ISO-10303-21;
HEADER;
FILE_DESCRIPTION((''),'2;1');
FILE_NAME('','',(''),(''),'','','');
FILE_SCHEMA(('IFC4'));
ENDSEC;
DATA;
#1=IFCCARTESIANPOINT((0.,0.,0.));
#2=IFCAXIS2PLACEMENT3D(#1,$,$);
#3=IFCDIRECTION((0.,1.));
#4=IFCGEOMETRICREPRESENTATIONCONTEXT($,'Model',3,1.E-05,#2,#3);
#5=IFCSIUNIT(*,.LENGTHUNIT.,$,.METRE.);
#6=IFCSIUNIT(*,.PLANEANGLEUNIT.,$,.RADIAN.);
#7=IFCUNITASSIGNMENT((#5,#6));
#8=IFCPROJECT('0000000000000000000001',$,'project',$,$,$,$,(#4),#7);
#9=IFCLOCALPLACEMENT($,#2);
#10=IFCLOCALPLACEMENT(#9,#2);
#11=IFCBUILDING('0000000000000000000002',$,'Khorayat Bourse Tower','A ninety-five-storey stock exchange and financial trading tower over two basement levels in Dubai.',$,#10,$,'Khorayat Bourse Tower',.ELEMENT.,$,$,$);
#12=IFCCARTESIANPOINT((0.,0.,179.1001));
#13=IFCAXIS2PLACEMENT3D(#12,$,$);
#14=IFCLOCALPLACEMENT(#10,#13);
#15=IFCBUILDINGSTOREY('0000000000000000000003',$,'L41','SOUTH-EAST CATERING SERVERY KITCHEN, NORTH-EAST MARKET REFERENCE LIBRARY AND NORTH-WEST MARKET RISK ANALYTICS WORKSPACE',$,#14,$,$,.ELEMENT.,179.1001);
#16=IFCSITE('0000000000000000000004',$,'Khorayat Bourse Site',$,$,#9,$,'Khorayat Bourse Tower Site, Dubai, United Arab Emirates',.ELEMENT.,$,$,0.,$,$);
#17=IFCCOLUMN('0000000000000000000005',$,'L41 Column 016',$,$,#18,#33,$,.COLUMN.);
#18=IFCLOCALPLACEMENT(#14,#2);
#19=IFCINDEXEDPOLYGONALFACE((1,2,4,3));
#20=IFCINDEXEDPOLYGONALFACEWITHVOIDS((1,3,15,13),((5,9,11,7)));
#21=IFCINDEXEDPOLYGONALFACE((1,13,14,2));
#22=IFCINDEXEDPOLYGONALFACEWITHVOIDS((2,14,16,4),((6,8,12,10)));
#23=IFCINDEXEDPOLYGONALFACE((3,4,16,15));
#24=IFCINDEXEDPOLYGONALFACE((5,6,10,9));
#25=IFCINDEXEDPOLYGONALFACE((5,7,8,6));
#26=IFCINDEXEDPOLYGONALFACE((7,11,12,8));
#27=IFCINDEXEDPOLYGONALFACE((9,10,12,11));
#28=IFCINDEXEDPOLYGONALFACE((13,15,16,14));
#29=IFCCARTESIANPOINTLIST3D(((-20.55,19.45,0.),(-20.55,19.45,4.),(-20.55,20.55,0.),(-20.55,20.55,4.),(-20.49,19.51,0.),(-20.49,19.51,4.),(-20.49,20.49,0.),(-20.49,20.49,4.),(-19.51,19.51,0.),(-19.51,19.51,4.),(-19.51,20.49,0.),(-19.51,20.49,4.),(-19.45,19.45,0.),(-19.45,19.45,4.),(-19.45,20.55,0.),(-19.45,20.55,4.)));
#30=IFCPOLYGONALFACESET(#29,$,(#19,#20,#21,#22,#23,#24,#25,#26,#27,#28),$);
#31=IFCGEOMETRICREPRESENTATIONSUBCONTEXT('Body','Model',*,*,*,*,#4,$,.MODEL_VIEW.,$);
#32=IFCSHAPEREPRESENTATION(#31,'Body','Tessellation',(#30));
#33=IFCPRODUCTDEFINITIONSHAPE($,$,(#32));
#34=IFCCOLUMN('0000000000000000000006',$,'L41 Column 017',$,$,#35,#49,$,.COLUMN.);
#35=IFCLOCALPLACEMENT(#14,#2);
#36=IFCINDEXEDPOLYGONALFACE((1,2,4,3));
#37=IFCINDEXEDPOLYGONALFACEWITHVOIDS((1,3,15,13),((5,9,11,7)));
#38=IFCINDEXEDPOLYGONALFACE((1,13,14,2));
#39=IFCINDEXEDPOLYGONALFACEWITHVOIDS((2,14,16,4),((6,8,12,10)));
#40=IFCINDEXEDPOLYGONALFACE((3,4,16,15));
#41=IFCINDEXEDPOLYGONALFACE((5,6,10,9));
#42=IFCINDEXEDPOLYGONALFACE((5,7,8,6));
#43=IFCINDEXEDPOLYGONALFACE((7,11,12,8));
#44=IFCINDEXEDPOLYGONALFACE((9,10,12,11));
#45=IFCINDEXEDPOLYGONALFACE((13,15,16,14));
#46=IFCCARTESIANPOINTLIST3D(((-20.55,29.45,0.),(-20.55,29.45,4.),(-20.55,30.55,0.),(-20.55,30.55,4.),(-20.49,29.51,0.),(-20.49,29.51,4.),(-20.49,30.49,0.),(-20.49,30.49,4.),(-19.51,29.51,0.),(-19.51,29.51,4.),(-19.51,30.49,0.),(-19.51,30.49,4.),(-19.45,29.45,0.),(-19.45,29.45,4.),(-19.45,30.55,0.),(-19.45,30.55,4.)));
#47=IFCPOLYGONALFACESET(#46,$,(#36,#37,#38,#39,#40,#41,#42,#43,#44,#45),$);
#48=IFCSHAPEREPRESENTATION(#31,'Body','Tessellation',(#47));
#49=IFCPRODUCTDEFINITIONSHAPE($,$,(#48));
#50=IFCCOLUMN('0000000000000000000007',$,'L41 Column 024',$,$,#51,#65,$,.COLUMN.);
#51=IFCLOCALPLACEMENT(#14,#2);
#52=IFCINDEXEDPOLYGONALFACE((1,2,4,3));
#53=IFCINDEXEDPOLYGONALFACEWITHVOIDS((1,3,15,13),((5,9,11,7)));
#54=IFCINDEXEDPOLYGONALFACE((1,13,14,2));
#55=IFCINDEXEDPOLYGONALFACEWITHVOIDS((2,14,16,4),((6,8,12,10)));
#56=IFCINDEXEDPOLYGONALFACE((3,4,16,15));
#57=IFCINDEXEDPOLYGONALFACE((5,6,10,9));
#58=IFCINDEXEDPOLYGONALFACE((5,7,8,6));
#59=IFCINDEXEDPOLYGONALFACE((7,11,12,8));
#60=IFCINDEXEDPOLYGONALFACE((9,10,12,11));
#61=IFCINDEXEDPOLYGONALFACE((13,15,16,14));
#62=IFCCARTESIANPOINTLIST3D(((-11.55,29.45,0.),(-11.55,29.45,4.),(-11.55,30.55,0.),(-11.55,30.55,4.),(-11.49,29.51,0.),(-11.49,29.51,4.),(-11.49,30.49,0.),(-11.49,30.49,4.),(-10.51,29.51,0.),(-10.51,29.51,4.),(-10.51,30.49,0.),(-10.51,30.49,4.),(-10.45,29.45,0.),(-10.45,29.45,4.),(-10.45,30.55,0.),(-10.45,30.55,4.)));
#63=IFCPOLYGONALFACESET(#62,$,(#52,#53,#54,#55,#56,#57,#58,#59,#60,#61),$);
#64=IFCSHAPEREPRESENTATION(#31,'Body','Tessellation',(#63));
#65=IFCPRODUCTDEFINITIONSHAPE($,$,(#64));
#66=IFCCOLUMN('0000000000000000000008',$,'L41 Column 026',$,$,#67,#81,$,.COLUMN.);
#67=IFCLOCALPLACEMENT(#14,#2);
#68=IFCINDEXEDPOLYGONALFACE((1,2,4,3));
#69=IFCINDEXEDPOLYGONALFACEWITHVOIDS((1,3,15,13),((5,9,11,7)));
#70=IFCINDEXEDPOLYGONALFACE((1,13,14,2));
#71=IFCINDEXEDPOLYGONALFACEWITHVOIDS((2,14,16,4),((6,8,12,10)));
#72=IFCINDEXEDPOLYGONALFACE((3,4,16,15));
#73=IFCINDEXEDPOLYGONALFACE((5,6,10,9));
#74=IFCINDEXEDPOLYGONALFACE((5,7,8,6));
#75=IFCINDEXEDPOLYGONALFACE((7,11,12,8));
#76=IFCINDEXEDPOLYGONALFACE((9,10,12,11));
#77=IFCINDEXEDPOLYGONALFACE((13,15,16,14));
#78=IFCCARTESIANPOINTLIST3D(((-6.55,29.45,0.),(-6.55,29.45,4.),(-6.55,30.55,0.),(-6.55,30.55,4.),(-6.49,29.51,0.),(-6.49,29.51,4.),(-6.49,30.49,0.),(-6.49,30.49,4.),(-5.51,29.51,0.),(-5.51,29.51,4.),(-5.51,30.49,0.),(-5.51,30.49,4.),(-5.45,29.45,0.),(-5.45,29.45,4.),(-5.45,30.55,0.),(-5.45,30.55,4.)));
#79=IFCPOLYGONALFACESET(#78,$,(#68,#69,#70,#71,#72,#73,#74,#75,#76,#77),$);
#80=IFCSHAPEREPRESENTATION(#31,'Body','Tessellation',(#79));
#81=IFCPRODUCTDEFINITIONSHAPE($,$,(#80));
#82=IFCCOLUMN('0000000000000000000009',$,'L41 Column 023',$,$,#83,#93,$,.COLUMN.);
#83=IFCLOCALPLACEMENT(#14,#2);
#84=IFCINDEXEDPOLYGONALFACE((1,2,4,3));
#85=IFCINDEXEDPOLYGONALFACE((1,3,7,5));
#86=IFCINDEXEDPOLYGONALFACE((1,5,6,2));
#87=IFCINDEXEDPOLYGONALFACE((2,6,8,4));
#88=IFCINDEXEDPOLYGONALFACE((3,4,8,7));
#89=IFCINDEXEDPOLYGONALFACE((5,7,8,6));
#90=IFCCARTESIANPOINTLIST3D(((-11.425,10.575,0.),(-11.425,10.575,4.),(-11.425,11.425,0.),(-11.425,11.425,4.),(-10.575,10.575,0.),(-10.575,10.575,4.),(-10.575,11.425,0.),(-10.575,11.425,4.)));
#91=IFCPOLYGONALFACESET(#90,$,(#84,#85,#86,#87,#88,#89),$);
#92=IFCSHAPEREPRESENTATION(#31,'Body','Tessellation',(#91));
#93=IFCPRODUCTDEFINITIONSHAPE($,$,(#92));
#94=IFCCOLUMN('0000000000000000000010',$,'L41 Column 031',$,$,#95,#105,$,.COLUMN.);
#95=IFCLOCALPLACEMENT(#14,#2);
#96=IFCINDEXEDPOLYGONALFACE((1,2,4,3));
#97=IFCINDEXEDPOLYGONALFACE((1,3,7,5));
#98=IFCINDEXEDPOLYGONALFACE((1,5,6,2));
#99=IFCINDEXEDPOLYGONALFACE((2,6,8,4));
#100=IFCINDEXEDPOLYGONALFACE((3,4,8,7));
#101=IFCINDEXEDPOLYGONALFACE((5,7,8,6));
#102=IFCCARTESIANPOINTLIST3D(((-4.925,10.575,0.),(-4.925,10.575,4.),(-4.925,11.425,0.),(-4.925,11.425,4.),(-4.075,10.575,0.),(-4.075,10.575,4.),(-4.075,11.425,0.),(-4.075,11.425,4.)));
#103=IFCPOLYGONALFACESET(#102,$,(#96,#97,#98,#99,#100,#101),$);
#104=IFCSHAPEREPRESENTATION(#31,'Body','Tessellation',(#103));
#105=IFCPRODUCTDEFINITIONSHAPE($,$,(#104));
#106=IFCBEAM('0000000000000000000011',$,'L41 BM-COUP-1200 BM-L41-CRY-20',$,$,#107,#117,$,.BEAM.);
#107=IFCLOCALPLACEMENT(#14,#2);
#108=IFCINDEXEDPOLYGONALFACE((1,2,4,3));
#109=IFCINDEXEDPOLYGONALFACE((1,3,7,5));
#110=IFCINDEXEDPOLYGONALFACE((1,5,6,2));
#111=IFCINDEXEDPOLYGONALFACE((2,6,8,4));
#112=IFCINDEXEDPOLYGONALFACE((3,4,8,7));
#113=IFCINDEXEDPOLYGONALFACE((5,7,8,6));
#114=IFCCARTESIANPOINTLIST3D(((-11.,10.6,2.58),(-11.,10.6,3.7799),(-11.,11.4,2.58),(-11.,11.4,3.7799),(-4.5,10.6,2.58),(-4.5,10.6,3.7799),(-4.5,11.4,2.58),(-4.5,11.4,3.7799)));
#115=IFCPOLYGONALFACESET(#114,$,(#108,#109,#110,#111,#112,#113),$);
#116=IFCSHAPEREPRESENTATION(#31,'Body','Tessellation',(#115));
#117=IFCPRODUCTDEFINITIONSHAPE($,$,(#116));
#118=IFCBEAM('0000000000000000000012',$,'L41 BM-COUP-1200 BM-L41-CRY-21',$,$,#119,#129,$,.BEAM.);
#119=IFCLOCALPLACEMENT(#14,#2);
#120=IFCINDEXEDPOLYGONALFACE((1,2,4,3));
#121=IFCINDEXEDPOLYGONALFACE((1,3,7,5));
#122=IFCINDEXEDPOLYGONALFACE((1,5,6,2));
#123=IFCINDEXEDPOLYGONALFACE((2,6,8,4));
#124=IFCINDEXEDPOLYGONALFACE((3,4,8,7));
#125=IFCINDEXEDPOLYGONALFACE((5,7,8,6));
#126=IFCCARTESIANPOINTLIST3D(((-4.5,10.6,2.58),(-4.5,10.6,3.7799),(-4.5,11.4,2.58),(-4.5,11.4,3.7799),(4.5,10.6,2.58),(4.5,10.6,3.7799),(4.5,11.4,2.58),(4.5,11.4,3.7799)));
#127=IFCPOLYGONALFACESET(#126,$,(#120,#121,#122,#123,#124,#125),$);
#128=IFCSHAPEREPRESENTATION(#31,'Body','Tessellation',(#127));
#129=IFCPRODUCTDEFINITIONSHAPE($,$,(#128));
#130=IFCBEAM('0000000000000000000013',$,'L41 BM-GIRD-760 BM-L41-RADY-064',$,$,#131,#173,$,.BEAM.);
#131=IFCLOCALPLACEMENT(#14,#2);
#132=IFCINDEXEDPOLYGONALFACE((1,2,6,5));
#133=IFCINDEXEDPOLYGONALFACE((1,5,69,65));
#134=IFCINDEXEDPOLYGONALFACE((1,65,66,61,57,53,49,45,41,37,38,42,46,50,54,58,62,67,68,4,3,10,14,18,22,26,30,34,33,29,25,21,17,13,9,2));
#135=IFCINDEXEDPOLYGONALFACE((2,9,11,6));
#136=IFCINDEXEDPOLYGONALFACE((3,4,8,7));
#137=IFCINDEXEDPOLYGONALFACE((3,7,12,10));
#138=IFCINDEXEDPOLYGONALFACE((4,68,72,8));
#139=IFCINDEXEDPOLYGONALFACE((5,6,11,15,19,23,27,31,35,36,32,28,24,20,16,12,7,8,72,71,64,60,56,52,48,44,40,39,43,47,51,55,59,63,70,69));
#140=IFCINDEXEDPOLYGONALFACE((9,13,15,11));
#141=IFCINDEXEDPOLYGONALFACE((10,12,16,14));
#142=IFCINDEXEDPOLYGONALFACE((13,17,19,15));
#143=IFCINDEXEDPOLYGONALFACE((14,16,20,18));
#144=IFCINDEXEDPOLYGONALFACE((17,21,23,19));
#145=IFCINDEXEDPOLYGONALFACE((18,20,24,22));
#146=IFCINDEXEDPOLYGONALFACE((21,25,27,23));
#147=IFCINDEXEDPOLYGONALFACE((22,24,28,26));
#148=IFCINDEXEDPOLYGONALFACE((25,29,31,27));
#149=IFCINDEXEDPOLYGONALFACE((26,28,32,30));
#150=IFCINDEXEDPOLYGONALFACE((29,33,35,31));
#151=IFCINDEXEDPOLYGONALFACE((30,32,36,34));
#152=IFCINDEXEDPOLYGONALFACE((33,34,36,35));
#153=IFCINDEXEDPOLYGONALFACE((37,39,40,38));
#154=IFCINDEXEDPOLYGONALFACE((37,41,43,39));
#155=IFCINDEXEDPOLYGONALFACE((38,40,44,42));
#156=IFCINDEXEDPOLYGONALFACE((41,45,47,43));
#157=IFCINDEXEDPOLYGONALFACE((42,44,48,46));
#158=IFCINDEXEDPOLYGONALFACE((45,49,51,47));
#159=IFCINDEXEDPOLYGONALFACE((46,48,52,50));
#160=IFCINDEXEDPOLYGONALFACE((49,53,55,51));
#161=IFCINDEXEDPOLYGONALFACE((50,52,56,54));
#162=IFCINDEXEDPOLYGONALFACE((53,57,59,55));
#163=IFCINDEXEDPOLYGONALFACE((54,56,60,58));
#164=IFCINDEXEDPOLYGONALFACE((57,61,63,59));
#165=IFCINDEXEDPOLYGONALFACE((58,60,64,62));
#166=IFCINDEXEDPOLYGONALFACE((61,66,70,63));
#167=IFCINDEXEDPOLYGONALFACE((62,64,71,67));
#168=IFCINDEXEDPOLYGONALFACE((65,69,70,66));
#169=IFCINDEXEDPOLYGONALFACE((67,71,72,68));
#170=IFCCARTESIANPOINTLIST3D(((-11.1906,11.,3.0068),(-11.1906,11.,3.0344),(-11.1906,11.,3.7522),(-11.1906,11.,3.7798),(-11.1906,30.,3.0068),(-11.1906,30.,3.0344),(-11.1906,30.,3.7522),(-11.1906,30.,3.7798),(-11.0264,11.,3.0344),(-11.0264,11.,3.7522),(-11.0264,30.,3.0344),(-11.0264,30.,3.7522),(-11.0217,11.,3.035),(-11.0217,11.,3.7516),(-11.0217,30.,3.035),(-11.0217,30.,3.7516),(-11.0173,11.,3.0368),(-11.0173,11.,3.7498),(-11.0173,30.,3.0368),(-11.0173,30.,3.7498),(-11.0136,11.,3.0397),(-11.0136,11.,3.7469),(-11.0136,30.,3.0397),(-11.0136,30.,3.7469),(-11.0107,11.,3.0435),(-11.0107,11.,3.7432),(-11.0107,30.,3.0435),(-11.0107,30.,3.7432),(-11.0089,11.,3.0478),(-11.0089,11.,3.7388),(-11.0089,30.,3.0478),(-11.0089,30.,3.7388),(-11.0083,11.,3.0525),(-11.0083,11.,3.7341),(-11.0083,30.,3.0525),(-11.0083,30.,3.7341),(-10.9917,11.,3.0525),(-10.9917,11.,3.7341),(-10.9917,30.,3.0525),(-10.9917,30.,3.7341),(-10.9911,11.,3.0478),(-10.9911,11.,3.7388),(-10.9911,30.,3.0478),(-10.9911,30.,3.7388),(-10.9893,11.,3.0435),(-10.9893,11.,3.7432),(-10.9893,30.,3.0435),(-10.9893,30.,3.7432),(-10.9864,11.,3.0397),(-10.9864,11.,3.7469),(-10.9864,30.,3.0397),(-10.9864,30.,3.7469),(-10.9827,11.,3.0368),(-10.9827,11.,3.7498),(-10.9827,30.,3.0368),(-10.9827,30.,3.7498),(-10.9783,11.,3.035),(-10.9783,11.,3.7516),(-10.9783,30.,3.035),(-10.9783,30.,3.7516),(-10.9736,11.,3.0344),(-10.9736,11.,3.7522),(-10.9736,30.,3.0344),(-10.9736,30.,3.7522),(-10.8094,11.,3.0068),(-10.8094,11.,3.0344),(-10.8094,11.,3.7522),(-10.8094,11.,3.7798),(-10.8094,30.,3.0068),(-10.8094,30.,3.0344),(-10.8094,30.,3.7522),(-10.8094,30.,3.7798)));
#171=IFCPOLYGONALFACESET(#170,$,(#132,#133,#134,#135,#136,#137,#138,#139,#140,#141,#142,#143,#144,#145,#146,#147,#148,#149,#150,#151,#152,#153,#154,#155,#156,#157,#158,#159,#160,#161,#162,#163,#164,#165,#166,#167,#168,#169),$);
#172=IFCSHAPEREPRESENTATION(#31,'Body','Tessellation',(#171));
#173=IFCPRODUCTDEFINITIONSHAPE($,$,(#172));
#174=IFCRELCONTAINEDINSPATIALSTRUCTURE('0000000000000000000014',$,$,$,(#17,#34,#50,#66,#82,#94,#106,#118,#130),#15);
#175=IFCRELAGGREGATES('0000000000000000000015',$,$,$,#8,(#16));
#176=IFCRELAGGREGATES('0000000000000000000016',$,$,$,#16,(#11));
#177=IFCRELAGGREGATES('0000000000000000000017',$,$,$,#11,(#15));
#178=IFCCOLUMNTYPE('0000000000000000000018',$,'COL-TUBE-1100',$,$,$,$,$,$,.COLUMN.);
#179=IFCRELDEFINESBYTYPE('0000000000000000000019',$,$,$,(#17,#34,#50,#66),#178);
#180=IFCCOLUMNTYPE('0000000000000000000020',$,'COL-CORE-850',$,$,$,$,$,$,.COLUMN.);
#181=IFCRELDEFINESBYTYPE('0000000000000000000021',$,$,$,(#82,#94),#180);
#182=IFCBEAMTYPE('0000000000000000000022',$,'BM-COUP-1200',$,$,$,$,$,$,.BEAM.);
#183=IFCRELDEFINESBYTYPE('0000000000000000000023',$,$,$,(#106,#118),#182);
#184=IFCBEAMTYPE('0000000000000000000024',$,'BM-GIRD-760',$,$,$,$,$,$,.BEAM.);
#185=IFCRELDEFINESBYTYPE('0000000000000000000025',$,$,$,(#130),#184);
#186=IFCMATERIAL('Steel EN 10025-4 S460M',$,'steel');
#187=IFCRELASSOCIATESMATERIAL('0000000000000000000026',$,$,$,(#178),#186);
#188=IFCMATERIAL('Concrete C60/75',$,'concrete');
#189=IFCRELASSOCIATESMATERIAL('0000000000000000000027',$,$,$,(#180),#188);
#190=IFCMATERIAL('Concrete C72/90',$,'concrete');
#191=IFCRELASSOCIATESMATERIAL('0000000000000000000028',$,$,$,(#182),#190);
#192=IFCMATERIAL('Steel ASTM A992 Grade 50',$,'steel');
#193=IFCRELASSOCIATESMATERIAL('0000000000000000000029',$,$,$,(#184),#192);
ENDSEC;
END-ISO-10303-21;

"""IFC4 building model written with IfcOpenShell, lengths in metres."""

from ifc_helpers import new_model, si_unit, direction, frame, origin, origin_2d, place, context, subcontext, project, spatial, rectangle, hollow_rectangle, i_section, extrude, source, transform, mapped, material, material_profile, profile_set, type_object, element, save


model = new_model("IFC4")

# Units and contexts
model_context = context("Model", 3, precision=1e-05, world=origin(), true_north=direction((0.0, 1.0)))
body_context = subcontext(model_context, "Body", "Model", "MODEL_VIEW")
ifc_project = project(units=[si_unit("LENGTHUNIT", "METRE"), si_unit("PLANEANGLEUNIT", "RADIAN")], contexts=[model_context])

# Site, building, storey
site_placement = place(None, origin())
site = spatial("IfcSite", under=ifc_project, at=site_placement, Name="Khorayat Bourse Site", LongName="Khorayat Bourse Tower Site, Dubai, United Arab Emirates", CompositionType="ELEMENT", RefElevation=0.0)
building_placement = place(site_placement, origin())
building = spatial("IfcBuilding", under=site, at=building_placement, Name="Khorayat Bourse Tower", Description="A ninety-five-storey stock exchange and financial trading tower over two basement levels in Dubai.", LongName="Khorayat Bourse Tower", CompositionType="ELEMENT")
storey_placement = place(building_placement, frame((0.0, 0.0, 179.1001)))
storey = spatial("IfcBuildingStorey", under=building, at=storey_placement, Name="L41", Description="SOUTH-EAST CATERING SERVERY KITCHEN, NORTH-EAST MARKET REFERENCE LIBRARY AND NORTH-WEST MARKET RISK ANALYTICS WORKSPACE", CompositionType="ELEMENT", Elevation=179.1001)

# Columns
ifc_material_1 = material(Name="Steel EN 10025-4 S460M", Category="steel")
ifc_material_profile_1 = material_profile(ifc_material_1, hollow_rectangle(XDim=1.1001, YDim=1.1001, WallThickness=0.0601, at=origin_2d()), Name="BOX 1100x1100x60")
ifc_profile_set_1 = profile_set([ifc_material_profile_1], Name="Steel EN 10025-4 S460M")
column_type_1 = type_object("IfcColumnType", Name="COL-TUBE-1100", PredefinedType="COLUMN", material=ifc_profile_set_1)
shared_shape_1 = source(origin(), body_context, "Body", "SweptSolid", [
    extrude(hollow_rectangle(XDim=1.1001, YDim=1.1001, WallThickness=0.0601, at=origin_2d()), origin(), (0.0, 0.0, 1.0), 4.0),
])
for number, where, z_axis, x_axis, name in (
    (1, (-20.0, 20.0, 0.0), (0.0, 0.0, 1.0), (1.0, 0.0, 0.0), "L41 Column 016"),
    (2, (-20.0, 30.0, 0.0), (0.0, 0.0, 1.0), (1.0, 0.0, 0.0), "L41 Column 017"),
    (3, (-11.0, 30.0, 0.0), (0.0, 0.0, 1.0), (1.0, 0.0, 0.0), "L41 Column 024"),
    (4, (-6.0, 30.0, 0.0), (0.0, 0.0, 1.0), (1.0, 0.0, 0.0), "L41 Column 026"),
):
    element("IfcColumn", number, at=place(storey_placement, frame(where, z_axis=z_axis, x_axis=x_axis)), inside=storey, type_object=column_type_1, Name=name, PredefinedType="COLUMN", context=body_context, shape_type="MappedRepresentation", body=[
        mapped(shared_shape_1, transform((0.0, 0.0, 0.0), scale=1.0)),
    ])
ifc_material_2 = material(Name="Concrete C60/75", Category="concrete")
ifc_material_profile_2 = material_profile(ifc_material_2, rectangle(XDim=0.8501, YDim=0.8501, at=origin_2d()), Name="RC 850x850")
ifc_profile_set_2 = profile_set([ifc_material_profile_2], Name="Concrete C60/75")
column_type_2 = type_object("IfcColumnType", Name="COL-CORE-850", PredefinedType="COLUMN", material=ifc_profile_set_2)
shared_shape_2 = source(origin(), body_context, "Body", "SweptSolid", [
    extrude(rectangle(XDim=0.8501, YDim=0.8501, at=origin_2d()), origin(), (0.0, 0.0, 1.0), 4.0),
])
for number, where, z_axis, x_axis, name in (
    (5, (-11.0, 11.0, 0.0), (0.0, 0.0, 1.0), (1.0, 0.0, 0.0), "L41 Column 023"),
    (6, (-4.5, 11.0, 0.0), (0.0, 0.0, 1.0), (1.0, 0.0, 0.0), "L41 Column 031"),
):
    element("IfcColumn", number, at=place(storey_placement, frame(where, z_axis=z_axis, x_axis=x_axis)), inside=storey, type_object=column_type_2, Name=name, PredefinedType="COLUMN", context=body_context, shape_type="MappedRepresentation", body=[
        mapped(shared_shape_2, transform((0.0, 0.0, 0.0), scale=1.0)),
    ])

# Beams
ifc_material_3 = material(Name="Concrete C72/90", Category="concrete")
ifc_material_profile_3 = material_profile(ifc_material_3, rectangle(XDim=0.8, YDim=1.2, at=origin_2d()), Name="RC 800x1200")
ifc_profile_set_3 = profile_set([ifc_material_profile_3], Name="Concrete C72/90")
beam_type_1 = type_object("IfcBeamType", Name="BM-COUP-1200", PredefinedType="BEAM", material=ifc_profile_set_3)
shared_shape_3 = source(origin(), body_context, "Body", "SweptSolid", [
    extrude(rectangle(XDim=0.8, YDim=1.2, at=origin_2d()), origin(), (0.0, 0.0, 1.0), 6.5),
])
beam_1_placement = place(storey_placement, frame((-11.0, 11.0, 3.1799), z_axis=(1.0, 0.0, 0.0), x_axis=(0.0, 1.0, 0.0)))
element("IfcBeam", 7, at=beam_1_placement, inside=storey, type_object=beam_type_1, Name="L41 BM-COUP-1200 BM-L41-CRY-20", PredefinedType="BEAM", context=body_context, shape_type="MappedRepresentation", body=[
    mapped(shared_shape_3, transform((0.0, 0.0, 0.0), scale=1.0)),
])
shared_shape_4 = source(origin(), body_context, "Body", "SweptSolid", [
    extrude(rectangle(XDim=0.8, YDim=1.2, at=origin_2d()), origin(), (0.0, 0.0, 1.0), 9.0),
])
beam_2_placement = place(storey_placement, frame((-4.5, 11.0, 3.1799), z_axis=(1.0, 0.0, 0.0), x_axis=(0.0, 1.0, 0.0)))
element("IfcBeam", 8, at=beam_2_placement, inside=storey, type_object=beam_type_1, Name="L41 BM-COUP-1200 BM-L41-CRY-21", PredefinedType="BEAM", context=body_context, shape_type="MappedRepresentation", body=[
    mapped(shared_shape_4, transform((0.0, 0.0, 0.0), scale=1.0)),
])
ifc_material_4 = material(Name="Steel ASTM A992 Grade 50", Category="steel")
ifc_material_profile_4 = material_profile(ifc_material_4, i_section(OverallWidth=0.3811, OverallDepth=0.7729, WebThickness=0.0166, FlangeThickness=0.0276, FilletRadius=0.0181, at=origin_2d()), Name="W760X257")
ifc_profile_set_4 = profile_set([ifc_material_profile_4], Name="Steel ASTM A992 Grade 50")
beam_type_2 = type_object("IfcBeamType", Name="BM-GIRD-760", PredefinedType="BEAM", material=ifc_profile_set_4)
shared_shape_5 = source(origin(), body_context, "Body", "SweptSolid", [
    extrude(i_section(OverallWidth=0.3811, OverallDepth=0.7729, WebThickness=0.0166, FlangeThickness=0.0276, FilletRadius=0.0181, at=origin_2d()), origin(), (0.0, 0.0, 1.0), 19.0),
])
for number, where, z_axis, x_axis, name in (
    (9, (-11.0, 11.0, 3.3933), (0.0, 1.0, 0.0), (-1.0, 0.0, 0.0), "L41 BM-GIRD-760 BM-L41-RADY-064"),
):
    element("IfcBeam", number, at=place(storey_placement, frame(where, z_axis=z_axis, x_axis=x_axis)), inside=storey, type_object=beam_type_2, Name=name, PredefinedType="BEAM", context=body_context, shape_type="MappedRepresentation", body=[
        mapped(shared_shape_5, transform((0.0, 0.0, 0.0), scale=1.0)),
    ])

save(model, "model.ifc")
